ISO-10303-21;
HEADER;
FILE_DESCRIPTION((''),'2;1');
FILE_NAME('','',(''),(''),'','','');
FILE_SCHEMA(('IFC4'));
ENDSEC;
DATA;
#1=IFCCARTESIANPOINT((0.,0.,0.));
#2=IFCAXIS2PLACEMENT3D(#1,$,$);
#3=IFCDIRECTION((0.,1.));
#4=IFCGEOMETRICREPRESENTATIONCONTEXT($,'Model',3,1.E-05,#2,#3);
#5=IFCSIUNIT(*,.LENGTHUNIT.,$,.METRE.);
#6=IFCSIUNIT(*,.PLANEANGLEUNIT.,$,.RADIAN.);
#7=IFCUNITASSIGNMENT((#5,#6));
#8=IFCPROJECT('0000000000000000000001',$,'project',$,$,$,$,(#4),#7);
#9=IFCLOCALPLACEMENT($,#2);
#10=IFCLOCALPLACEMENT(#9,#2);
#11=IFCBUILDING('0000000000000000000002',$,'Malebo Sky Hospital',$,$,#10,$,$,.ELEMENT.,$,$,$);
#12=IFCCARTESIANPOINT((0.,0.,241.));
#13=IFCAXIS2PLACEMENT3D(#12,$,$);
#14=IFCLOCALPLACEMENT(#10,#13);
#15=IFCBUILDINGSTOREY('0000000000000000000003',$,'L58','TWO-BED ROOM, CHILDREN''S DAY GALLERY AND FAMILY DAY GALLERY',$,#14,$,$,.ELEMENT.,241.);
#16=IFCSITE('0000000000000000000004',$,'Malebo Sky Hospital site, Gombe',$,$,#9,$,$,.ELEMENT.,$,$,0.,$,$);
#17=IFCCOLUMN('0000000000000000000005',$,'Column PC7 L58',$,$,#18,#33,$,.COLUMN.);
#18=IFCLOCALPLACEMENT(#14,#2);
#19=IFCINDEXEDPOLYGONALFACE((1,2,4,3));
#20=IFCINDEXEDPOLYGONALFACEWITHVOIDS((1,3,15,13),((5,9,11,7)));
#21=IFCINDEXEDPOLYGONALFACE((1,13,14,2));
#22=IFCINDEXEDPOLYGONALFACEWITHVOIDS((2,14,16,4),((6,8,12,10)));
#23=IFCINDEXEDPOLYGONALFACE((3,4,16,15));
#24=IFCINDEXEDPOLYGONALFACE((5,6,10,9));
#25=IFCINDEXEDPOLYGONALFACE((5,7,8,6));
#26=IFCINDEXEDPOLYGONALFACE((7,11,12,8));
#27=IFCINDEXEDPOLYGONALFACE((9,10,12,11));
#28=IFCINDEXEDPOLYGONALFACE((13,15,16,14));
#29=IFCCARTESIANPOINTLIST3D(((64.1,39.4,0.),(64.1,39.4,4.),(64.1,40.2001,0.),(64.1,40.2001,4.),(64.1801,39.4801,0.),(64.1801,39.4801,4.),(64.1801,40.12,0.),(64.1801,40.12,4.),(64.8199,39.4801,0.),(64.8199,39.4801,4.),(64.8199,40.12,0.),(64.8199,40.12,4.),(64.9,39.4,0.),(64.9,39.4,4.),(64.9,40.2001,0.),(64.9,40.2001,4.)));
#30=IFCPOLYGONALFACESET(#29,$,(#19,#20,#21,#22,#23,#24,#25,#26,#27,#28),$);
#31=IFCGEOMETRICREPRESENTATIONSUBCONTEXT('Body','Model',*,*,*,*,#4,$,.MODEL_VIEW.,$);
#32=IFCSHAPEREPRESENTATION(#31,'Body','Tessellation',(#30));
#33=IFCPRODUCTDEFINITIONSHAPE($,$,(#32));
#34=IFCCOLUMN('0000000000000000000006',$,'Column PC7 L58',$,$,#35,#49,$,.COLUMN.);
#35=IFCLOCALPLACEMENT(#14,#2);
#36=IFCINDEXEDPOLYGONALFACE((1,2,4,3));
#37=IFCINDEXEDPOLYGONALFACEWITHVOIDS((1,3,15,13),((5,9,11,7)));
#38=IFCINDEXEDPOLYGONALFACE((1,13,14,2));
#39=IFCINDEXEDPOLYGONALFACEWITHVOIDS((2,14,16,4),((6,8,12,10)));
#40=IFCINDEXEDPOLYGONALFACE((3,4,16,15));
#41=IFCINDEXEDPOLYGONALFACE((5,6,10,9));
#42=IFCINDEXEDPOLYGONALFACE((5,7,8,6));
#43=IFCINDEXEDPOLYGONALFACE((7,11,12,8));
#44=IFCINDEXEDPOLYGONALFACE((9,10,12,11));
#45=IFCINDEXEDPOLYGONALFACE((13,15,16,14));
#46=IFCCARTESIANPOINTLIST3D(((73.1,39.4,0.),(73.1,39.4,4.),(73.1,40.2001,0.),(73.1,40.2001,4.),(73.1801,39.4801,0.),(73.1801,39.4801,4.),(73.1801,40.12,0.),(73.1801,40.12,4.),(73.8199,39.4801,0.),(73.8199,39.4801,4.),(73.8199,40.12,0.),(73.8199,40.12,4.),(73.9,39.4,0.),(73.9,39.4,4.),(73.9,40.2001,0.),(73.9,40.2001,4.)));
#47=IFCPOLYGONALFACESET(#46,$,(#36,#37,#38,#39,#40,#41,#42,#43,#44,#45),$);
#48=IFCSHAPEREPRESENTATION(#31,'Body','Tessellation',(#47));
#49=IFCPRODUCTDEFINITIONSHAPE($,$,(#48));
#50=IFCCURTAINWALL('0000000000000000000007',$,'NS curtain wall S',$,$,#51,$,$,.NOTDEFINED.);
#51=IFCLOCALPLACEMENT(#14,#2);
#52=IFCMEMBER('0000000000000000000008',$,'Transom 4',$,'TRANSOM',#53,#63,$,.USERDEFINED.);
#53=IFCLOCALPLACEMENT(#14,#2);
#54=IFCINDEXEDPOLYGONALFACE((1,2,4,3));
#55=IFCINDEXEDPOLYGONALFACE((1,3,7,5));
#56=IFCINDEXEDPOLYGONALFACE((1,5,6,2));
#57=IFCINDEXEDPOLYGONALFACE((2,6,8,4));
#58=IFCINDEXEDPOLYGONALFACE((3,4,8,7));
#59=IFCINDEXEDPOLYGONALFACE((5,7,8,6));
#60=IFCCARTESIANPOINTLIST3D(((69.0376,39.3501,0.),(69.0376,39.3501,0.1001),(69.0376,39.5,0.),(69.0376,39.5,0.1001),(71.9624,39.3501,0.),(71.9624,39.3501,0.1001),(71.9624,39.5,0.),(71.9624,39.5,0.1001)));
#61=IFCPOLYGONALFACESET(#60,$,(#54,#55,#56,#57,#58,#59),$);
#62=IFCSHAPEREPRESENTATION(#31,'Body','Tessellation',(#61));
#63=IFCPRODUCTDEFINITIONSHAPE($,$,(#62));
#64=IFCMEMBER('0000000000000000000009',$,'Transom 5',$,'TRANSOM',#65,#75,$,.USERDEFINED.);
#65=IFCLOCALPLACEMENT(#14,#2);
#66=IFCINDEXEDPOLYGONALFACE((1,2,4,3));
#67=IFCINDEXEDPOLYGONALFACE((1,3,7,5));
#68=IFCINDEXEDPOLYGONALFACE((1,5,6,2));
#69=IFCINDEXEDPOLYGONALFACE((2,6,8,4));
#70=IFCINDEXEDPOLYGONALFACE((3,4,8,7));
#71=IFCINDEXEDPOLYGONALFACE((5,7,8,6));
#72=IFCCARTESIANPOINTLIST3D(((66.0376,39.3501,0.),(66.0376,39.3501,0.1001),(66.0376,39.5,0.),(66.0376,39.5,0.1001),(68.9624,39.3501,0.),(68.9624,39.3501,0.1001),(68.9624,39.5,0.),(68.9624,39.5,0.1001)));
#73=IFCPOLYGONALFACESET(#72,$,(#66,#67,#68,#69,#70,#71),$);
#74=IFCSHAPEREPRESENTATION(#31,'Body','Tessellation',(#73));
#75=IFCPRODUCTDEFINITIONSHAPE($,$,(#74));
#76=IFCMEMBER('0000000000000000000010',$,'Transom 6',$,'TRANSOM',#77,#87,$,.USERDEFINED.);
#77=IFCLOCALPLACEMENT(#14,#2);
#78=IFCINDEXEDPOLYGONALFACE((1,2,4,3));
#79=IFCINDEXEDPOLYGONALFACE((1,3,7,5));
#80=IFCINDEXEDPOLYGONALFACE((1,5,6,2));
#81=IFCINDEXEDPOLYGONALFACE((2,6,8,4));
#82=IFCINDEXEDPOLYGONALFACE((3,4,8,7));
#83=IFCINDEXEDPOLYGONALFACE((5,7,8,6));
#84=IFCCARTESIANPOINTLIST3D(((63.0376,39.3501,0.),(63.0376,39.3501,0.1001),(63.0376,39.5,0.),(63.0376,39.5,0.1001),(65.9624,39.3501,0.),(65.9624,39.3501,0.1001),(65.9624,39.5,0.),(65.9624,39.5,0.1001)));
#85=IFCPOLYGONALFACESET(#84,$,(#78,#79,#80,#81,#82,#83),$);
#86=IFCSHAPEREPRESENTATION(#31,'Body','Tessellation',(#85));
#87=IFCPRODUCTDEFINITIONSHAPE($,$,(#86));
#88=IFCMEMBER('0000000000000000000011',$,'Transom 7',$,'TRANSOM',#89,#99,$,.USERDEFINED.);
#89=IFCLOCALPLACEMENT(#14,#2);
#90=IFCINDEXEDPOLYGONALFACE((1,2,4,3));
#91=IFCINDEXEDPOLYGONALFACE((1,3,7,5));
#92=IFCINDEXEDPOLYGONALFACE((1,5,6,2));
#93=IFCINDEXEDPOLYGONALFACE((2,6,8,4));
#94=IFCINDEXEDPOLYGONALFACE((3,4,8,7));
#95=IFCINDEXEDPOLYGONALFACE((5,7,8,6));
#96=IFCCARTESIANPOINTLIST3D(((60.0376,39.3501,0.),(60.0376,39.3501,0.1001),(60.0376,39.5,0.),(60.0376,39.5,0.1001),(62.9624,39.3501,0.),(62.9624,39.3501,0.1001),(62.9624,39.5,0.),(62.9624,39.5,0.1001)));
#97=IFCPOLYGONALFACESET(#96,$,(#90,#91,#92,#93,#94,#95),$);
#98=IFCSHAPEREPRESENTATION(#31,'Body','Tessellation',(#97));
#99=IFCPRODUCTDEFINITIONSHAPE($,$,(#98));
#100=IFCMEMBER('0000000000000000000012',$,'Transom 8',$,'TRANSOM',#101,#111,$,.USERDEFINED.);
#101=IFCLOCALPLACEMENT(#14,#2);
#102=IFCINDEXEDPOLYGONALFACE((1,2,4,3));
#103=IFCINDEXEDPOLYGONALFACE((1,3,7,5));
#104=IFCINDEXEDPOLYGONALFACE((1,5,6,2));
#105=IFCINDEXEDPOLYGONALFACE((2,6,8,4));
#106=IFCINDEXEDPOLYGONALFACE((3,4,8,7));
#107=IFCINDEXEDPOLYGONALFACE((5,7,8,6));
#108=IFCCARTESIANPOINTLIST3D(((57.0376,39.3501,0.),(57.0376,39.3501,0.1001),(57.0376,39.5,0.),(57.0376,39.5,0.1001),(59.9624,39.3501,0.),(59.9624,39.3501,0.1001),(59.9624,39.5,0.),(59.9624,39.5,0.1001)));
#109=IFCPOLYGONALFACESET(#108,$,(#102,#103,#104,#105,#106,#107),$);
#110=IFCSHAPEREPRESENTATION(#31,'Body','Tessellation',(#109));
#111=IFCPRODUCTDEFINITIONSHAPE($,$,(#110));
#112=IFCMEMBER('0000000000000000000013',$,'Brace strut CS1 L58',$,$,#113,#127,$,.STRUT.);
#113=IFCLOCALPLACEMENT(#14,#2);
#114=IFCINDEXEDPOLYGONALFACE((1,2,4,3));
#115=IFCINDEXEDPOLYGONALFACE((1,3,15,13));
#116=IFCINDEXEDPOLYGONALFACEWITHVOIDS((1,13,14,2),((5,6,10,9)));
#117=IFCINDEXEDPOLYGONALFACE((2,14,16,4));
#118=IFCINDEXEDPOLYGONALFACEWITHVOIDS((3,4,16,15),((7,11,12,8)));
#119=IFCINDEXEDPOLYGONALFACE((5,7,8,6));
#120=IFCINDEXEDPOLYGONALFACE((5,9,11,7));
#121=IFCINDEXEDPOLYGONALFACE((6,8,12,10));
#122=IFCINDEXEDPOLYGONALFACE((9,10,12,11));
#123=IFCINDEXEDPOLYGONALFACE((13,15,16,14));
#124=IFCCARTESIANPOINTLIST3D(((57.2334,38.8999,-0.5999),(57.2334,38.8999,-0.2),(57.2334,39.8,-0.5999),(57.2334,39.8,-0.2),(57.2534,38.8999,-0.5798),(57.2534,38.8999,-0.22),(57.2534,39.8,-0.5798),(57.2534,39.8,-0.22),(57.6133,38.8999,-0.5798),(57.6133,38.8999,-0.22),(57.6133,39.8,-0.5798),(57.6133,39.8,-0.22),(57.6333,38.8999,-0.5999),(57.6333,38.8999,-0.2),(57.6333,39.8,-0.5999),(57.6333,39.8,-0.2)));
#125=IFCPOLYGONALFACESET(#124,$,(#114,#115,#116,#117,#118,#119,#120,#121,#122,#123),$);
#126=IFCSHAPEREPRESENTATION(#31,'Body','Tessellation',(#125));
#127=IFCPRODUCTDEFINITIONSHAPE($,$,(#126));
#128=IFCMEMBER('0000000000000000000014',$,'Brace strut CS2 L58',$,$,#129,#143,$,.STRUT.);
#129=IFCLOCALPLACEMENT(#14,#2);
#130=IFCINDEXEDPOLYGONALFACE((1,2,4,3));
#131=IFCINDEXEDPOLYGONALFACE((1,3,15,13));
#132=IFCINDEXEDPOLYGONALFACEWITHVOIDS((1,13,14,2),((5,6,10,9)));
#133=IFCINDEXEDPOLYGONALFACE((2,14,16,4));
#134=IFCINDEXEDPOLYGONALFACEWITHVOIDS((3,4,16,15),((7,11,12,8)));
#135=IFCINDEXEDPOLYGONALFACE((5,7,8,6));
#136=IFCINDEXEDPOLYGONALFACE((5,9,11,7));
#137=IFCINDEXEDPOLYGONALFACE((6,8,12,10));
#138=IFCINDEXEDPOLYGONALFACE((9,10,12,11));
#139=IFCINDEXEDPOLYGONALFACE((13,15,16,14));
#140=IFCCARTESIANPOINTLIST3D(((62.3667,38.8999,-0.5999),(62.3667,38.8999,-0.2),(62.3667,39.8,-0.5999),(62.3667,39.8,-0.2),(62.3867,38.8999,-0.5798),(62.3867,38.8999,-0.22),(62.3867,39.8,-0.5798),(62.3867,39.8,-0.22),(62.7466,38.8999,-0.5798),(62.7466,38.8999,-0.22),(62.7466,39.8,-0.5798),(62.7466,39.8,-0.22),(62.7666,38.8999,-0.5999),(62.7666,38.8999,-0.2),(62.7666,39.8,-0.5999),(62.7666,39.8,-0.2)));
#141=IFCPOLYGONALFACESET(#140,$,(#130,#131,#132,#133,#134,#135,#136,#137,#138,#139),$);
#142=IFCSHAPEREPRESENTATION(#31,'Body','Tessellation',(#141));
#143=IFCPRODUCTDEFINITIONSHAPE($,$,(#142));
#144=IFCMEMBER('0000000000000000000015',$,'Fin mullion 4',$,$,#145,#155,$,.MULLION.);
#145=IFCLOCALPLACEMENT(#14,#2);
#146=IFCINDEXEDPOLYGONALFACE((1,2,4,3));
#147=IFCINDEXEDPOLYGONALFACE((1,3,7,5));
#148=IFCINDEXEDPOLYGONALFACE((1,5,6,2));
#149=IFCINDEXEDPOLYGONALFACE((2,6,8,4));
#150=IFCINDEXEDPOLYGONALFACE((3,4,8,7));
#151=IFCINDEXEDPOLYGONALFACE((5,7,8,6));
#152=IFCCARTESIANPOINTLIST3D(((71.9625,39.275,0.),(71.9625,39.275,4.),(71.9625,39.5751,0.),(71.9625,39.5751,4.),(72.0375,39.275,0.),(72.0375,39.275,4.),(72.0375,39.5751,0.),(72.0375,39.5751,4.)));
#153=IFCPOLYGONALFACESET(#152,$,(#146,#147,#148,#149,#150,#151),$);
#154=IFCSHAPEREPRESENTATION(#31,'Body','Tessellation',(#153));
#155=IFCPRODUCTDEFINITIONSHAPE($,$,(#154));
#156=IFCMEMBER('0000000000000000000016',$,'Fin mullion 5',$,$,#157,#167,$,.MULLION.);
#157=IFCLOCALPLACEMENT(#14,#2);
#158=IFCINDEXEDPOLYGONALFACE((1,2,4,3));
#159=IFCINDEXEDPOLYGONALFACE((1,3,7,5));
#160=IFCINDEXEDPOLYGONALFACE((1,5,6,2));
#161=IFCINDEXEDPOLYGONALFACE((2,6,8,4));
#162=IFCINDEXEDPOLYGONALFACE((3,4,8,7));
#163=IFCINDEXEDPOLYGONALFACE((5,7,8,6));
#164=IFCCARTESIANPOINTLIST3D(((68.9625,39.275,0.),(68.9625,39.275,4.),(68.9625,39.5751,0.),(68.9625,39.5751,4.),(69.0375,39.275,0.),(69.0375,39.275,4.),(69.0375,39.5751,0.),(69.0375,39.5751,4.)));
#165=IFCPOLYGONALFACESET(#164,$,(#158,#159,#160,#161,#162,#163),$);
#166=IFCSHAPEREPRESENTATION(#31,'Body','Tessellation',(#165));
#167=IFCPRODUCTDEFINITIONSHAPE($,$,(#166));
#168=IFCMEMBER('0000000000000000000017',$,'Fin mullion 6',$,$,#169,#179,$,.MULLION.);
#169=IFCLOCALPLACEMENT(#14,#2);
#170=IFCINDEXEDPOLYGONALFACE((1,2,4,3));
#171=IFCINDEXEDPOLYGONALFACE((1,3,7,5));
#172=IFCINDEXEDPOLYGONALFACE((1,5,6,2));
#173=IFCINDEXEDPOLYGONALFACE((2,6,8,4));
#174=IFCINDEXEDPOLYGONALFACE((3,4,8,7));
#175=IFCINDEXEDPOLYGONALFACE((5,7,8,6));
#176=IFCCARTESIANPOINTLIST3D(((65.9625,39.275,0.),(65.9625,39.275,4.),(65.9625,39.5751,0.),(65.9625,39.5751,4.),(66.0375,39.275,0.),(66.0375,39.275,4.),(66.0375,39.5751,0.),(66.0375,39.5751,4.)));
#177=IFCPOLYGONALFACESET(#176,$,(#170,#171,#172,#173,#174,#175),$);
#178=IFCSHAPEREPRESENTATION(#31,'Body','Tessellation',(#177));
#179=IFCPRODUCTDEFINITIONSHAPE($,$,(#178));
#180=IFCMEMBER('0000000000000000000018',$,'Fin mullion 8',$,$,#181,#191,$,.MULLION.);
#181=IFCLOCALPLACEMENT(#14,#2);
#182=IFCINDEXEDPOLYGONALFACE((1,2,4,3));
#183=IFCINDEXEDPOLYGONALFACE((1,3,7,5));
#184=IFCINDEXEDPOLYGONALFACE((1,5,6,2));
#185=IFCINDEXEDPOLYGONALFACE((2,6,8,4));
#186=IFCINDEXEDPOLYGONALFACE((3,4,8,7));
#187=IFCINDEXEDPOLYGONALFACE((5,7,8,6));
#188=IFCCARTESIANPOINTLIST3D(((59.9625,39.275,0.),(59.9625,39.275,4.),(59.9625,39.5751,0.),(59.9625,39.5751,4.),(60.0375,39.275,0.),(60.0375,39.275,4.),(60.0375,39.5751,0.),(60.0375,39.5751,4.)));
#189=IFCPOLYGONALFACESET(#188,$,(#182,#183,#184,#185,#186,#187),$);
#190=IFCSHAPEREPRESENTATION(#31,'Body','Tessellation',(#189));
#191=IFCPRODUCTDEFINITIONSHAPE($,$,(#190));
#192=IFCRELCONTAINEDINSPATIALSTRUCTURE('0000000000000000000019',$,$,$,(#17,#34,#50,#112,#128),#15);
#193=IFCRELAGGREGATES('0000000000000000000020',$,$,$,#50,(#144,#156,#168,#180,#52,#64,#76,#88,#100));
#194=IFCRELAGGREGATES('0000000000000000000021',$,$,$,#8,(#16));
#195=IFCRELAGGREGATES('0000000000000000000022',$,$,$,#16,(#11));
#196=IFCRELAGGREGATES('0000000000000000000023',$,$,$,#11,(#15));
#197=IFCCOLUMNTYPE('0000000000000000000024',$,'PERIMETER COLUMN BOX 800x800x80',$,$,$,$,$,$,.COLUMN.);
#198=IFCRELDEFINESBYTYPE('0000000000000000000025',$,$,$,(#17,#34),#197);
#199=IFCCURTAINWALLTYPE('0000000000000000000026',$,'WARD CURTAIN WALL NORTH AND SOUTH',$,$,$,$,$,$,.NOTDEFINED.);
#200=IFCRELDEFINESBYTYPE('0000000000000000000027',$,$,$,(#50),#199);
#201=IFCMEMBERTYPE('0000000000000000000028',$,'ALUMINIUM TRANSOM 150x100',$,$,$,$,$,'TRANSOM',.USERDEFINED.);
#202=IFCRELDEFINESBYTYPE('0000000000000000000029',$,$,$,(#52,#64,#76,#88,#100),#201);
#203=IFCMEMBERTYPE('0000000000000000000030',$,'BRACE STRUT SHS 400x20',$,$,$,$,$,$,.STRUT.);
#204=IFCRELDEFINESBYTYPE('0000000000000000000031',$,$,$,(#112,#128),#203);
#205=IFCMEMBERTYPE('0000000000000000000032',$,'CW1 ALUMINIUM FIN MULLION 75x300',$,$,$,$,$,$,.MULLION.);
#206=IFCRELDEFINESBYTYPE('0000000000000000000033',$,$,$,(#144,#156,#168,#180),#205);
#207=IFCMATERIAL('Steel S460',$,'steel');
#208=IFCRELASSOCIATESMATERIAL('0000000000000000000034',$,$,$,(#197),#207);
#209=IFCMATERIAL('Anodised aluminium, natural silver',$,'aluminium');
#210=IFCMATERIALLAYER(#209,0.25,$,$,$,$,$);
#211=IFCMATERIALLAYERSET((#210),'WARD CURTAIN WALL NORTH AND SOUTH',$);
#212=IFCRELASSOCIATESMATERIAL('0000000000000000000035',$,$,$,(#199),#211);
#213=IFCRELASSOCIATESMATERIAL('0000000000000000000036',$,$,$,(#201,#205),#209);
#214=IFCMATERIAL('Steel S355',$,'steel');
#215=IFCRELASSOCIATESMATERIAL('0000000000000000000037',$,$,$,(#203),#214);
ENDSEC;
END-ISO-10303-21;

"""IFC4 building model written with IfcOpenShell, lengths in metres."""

from ifc_helpers import new_model, si_unit, direction, frame, origin, origin_2d, place, context, subcontext, project, spatial, rectangle, hollow_rectangle, extrude, material, layer, layer_set, material_profile, profile_set, type_object, element, aggregate, save


model = new_model("IFC4")

# Units and contexts
model_context = context("Model", 3, precision=1e-05, world=origin(), true_north=direction((0.0, 1.0)))
body_context = subcontext(model_context, "Body", "Model", "MODEL_VIEW")
ifc_project = project(units=[si_unit("LENGTHUNIT", "METRE"), si_unit("PLANEANGLEUNIT", "RADIAN")], contexts=[model_context])

# Site, building, storey
site_placement = place(None, origin())
site = spatial("IfcSite", under=ifc_project, at=site_placement, Name="Malebo Sky Hospital site, Gombe", CompositionType="ELEMENT", RefElevation=0.0)
building_placement = place(site_placement, origin())
building = spatial("IfcBuilding", under=site, at=building_placement, Name="Malebo Sky Hospital", CompositionType="ELEMENT")
storey_placement = place(building_placement, frame((0.0, 0.0, 241.0)))
storey = spatial("IfcBuildingStorey", under=building, at=storey_placement, Name="L58", Description="TWO-BED ROOM, CHILDREN'S DAY GALLERY AND FAMILY DAY GALLERY", CompositionType="ELEMENT", Elevation=241.0)

# Columns
ifc_material_1 = material(Name="Steel S460", Category="steel")
ifc_material_profile_1 = material_profile(ifc_material_1, hollow_rectangle(XDim=0.8, YDim=0.8, WallThickness=0.0801, at=origin_2d()), Name="BOX 800x800x80")
ifc_profile_set_1 = profile_set([ifc_material_profile_1], Name="Steel S460")
column_type = type_object("IfcColumnType", Name="PERIMETER COLUMN BOX 800x800x80", PredefinedType="COLUMN", material=ifc_profile_set_1)
for number, where, z_axis, x_axis, name in (
    (1, (64.5, 39.8, 0.0), (0.0, 0.0, 1.0), (1.0, 0.0, 0.0), "Column PC7 L58"),
    (2, (73.5, 39.8, 0.0), (0.0, 0.0, 1.0), (1.0, 0.0, 0.0), "Column PC7 L58"),
):
    element("IfcColumn", number, at=place(storey_placement, frame(where, z_axis=z_axis, x_axis=x_axis)), inside=storey, type_object=column_type, Name=name, PredefinedType="COLUMN", context=body_context, shape_type="SweptSolid", body=[
        extrude(hollow_rectangle(XDim=0.8, YDim=0.8, WallThickness=0.0801, at=origin_2d()), origin(), (0.0, 0.0, 1.0), 4.0),
    ])

# Curtain wall, members
ifc_material_2 = material(Name="Anodised aluminium, natural silver", Category="aluminium")
ifc_layer_1 = layer(ifc_material_2, 0.25)
ifc_layer_set_1 = layer_set([ifc_layer_1], Name="WARD CURTAIN WALL NORTH AND SOUTH")
curtain_wall_type = type_object("IfcCurtainWallType", Name="WARD CURTAIN WALL NORTH AND SOUTH", PredefinedType="NOTDEFINED", material=ifc_layer_set_1)
curtain_wall_placement = place(storey_placement, origin())
curtain_wall = element("IfcCurtainWall", 3, at=curtain_wall_placement, inside=storey, type_object=curtain_wall_type, Name="NS curtain wall S", PredefinedType="NOTDEFINED")
ifc_material_profile_2 = material_profile(ifc_material_2, rectangle(XDim=0.1499, YDim=0.1001, at=origin_2d()), Name="ALUMINIUM TRANSOM 150x100")
ifc_profile_set_2 = profile_set([ifc_material_profile_2], Name="Anodised aluminium, natural silver")
member_type_1 = type_object("IfcMemberType", Name="ALUMINIUM TRANSOM 150x100", ElementType="TRANSOM", PredefinedType="USERDEFINED", material=ifc_profile_set_2)
member_1_placement = place(storey_placement, frame((71.9624, 39.425, 0.05), z_axis=(-1.0, 0.0, 0.0), x_axis=(0.0, -1.0, 0.0)))
member_1 = element("IfcMember", 4, at=member_1_placement, type_object=member_type_1, Name="Transom 4", ObjectType="TRANSOM", PredefinedType="USERDEFINED", context=body_context, shape_type="SweptSolid", body=[
    extrude(rectangle(XDim=0.1499, YDim=0.1001, at=origin_2d()), origin(), (0.0, 0.0, 1.0), 2.9248),
])
member_2_placement = place(storey_placement, frame((68.9624, 39.425, 0.05), z_axis=(-1.0, 0.0, 0.0), x_axis=(0.0, -1.0, 0.0)))
member_2 = element("IfcMember", 5, at=member_2_placement, type_object=member_type_1, Name="Transom 5", ObjectType="TRANSOM", PredefinedType="USERDEFINED", context=body_context, shape_type="SweptSolid", body=[
    extrude(rectangle(XDim=0.1499, YDim=0.1001, at=origin_2d()), origin(), (0.0, 0.0, 1.0), 2.9248),
])
member_3_placement = place(storey_placement, frame((65.9624, 39.425, 0.05), z_axis=(-1.0, 0.0, 0.0), x_axis=(0.0, -1.0, 0.0)))
member_3 = element("IfcMember", 6, at=member_3_placement, type_object=member_type_1, Name="Transom 6", ObjectType="TRANSOM", PredefinedType="USERDEFINED", context=body_context, shape_type="SweptSolid", body=[
    extrude(rectangle(XDim=0.1499, YDim=0.1001, at=origin_2d()), origin(), (0.0, 0.0, 1.0), 2.9248),
])
member_4_placement = place(storey_placement, frame((62.9624, 39.425, 0.05), z_axis=(-1.0, 0.0, 0.0), x_axis=(0.0, -1.0, 0.0)))
member_4 = element("IfcMember", 7, at=member_4_placement, type_object=member_type_1, Name="Transom 7", ObjectType="TRANSOM", PredefinedType="USERDEFINED", context=body_context, shape_type="SweptSolid", body=[
    extrude(rectangle(XDim=0.1499, YDim=0.1001, at=origin_2d()), origin(), (0.0, 0.0, 1.0), 2.9248),
])
member_5_placement = place(storey_placement, frame((59.9624, 39.425, 0.05), z_axis=(-1.0, 0.0, 0.0), x_axis=(0.0, -1.0, 0.0)))
member_5 = element("IfcMember", 8, at=member_5_placement, type_object=member_type_1, Name="Transom 8", ObjectType="TRANSOM", PredefinedType="USERDEFINED", context=body_context, shape_type="SweptSolid", body=[
    extrude(rectangle(XDim=0.1499, YDim=0.1001, at=origin_2d()), origin(), (0.0, 0.0, 1.0), 2.9248),
])

# Members
ifc_material_3 = material(Name="Steel S355", Category="steel")
ifc_material_profile_3 = material_profile(ifc_material_3, hollow_rectangle(XDim=0.3999, YDim=0.3999, WallThickness=0.02, at=origin_2d()), Name="SHS 400x20")
ifc_profile_set_3 = profile_set([ifc_material_profile_3], Name="Steel S355")
member_type_2 = type_object("IfcMemberType", Name="BRACE STRUT SHS 400x20", PredefinedType="STRUT", material=ifc_profile_set_3)
for number, where, z_axis, x_axis, name in (
    (9, (57.4333, 38.8999, -0.3999), (0.0, 1.0, 0.0), (-1.0, 0.0, 0.0), "Brace strut CS1 L58"),
    (10, (62.5667, 38.8999, -0.3999), (0.0, 1.0, 0.0), (-1.0, 0.0, 0.0), "Brace strut CS2 L58"),
):
    element("IfcMember", number, at=place(storey_placement, frame(where, z_axis=z_axis, x_axis=x_axis)), inside=storey, type_object=member_type_2, Name=name, PredefinedType="STRUT", context=body_context, shape_type="SweptSolid", body=[
        extrude(hollow_rectangle(XDim=0.3999, YDim=0.3999, WallThickness=0.02, at=origin_2d()), origin(), (0.0, 0.0, 1.0), 0.9001),
    ])

# Members
ifc_material_profile_4 = material_profile(ifc_material_2, rectangle(XDim=0.075, YDim=0.3, at=origin_2d()), Name="CW1 ALUMINIUM FIN MULLION 75x300")
ifc_profile_set_4 = profile_set([ifc_material_profile_4], Name="Anodised aluminium, natural silver")
member_type_3 = type_object("IfcMemberType", Name="CW1 ALUMINIUM FIN MULLION 75x300", PredefinedType="MULLION", material=ifc_profile_set_4)
member_6_placement = place(storey_placement, frame((72.0, 39.425, 0.0), z_axis=(0.0, 0.0, 1.0), x_axis=(-1.0, 0.0, 0.0)))
member_6 = element("IfcMember", 11, at=member_6_placement, type_object=member_type_3, Name="Fin mullion 4", PredefinedType="MULLION", context=body_context, shape_type="SweptSolid", body=[
    extrude(rectangle(XDim=0.075, YDim=0.3, at=origin_2d()), origin(), (0.0, 0.0, 1.0), 4.0),
])
member_7_placement = place(storey_placement, frame((69.0, 39.425, 0.0), z_axis=(0.0, 0.0, 1.0), x_axis=(-1.0, 0.0, 0.0)))
member_7 = element("IfcMember", 12, at=member_7_placement, type_object=member_type_3, Name="Fin mullion 5", PredefinedType="MULLION", context=body_context, shape_type="SweptSolid", body=[
    extrude(rectangle(XDim=0.075, YDim=0.3, at=origin_2d()), origin(), (0.0, 0.0, 1.0), 4.0),
])
member_8_placement = place(storey_placement, frame((66.0, 39.425, 0.0), z_axis=(0.0, 0.0, 1.0), x_axis=(-1.0, 0.0, 0.0)))
member_8 = element("IfcMember", 13, at=member_8_placement, type_object=member_type_3, Name="Fin mullion 6", PredefinedType="MULLION", context=body_context, shape_type="SweptSolid", body=[
    extrude(rectangle(XDim=0.075, YDim=0.3, at=origin_2d()), origin(), (0.0, 0.0, 1.0), 4.0),
])
member_9_placement = place(storey_placement, frame((60.0, 39.425, 0.0), z_axis=(0.0, 0.0, 1.0), x_axis=(-1.0, 0.0, 0.0)))
member_9 = element("IfcMember", 14, at=member_9_placement, type_object=member_type_3, Name="Fin mullion 8", PredefinedType="MULLION", context=body_context, shape_type="SweptSolid", body=[
    extrude(rectangle(XDim=0.075, YDim=0.3, at=origin_2d()), origin(), (0.0, 0.0, 1.0), 4.0),
])

aggregate(curtain_wall, [member_6, member_7, member_8, member_9, member_1, member_2, member_3, member_4, member_5])

save(model, "model.ifc")
